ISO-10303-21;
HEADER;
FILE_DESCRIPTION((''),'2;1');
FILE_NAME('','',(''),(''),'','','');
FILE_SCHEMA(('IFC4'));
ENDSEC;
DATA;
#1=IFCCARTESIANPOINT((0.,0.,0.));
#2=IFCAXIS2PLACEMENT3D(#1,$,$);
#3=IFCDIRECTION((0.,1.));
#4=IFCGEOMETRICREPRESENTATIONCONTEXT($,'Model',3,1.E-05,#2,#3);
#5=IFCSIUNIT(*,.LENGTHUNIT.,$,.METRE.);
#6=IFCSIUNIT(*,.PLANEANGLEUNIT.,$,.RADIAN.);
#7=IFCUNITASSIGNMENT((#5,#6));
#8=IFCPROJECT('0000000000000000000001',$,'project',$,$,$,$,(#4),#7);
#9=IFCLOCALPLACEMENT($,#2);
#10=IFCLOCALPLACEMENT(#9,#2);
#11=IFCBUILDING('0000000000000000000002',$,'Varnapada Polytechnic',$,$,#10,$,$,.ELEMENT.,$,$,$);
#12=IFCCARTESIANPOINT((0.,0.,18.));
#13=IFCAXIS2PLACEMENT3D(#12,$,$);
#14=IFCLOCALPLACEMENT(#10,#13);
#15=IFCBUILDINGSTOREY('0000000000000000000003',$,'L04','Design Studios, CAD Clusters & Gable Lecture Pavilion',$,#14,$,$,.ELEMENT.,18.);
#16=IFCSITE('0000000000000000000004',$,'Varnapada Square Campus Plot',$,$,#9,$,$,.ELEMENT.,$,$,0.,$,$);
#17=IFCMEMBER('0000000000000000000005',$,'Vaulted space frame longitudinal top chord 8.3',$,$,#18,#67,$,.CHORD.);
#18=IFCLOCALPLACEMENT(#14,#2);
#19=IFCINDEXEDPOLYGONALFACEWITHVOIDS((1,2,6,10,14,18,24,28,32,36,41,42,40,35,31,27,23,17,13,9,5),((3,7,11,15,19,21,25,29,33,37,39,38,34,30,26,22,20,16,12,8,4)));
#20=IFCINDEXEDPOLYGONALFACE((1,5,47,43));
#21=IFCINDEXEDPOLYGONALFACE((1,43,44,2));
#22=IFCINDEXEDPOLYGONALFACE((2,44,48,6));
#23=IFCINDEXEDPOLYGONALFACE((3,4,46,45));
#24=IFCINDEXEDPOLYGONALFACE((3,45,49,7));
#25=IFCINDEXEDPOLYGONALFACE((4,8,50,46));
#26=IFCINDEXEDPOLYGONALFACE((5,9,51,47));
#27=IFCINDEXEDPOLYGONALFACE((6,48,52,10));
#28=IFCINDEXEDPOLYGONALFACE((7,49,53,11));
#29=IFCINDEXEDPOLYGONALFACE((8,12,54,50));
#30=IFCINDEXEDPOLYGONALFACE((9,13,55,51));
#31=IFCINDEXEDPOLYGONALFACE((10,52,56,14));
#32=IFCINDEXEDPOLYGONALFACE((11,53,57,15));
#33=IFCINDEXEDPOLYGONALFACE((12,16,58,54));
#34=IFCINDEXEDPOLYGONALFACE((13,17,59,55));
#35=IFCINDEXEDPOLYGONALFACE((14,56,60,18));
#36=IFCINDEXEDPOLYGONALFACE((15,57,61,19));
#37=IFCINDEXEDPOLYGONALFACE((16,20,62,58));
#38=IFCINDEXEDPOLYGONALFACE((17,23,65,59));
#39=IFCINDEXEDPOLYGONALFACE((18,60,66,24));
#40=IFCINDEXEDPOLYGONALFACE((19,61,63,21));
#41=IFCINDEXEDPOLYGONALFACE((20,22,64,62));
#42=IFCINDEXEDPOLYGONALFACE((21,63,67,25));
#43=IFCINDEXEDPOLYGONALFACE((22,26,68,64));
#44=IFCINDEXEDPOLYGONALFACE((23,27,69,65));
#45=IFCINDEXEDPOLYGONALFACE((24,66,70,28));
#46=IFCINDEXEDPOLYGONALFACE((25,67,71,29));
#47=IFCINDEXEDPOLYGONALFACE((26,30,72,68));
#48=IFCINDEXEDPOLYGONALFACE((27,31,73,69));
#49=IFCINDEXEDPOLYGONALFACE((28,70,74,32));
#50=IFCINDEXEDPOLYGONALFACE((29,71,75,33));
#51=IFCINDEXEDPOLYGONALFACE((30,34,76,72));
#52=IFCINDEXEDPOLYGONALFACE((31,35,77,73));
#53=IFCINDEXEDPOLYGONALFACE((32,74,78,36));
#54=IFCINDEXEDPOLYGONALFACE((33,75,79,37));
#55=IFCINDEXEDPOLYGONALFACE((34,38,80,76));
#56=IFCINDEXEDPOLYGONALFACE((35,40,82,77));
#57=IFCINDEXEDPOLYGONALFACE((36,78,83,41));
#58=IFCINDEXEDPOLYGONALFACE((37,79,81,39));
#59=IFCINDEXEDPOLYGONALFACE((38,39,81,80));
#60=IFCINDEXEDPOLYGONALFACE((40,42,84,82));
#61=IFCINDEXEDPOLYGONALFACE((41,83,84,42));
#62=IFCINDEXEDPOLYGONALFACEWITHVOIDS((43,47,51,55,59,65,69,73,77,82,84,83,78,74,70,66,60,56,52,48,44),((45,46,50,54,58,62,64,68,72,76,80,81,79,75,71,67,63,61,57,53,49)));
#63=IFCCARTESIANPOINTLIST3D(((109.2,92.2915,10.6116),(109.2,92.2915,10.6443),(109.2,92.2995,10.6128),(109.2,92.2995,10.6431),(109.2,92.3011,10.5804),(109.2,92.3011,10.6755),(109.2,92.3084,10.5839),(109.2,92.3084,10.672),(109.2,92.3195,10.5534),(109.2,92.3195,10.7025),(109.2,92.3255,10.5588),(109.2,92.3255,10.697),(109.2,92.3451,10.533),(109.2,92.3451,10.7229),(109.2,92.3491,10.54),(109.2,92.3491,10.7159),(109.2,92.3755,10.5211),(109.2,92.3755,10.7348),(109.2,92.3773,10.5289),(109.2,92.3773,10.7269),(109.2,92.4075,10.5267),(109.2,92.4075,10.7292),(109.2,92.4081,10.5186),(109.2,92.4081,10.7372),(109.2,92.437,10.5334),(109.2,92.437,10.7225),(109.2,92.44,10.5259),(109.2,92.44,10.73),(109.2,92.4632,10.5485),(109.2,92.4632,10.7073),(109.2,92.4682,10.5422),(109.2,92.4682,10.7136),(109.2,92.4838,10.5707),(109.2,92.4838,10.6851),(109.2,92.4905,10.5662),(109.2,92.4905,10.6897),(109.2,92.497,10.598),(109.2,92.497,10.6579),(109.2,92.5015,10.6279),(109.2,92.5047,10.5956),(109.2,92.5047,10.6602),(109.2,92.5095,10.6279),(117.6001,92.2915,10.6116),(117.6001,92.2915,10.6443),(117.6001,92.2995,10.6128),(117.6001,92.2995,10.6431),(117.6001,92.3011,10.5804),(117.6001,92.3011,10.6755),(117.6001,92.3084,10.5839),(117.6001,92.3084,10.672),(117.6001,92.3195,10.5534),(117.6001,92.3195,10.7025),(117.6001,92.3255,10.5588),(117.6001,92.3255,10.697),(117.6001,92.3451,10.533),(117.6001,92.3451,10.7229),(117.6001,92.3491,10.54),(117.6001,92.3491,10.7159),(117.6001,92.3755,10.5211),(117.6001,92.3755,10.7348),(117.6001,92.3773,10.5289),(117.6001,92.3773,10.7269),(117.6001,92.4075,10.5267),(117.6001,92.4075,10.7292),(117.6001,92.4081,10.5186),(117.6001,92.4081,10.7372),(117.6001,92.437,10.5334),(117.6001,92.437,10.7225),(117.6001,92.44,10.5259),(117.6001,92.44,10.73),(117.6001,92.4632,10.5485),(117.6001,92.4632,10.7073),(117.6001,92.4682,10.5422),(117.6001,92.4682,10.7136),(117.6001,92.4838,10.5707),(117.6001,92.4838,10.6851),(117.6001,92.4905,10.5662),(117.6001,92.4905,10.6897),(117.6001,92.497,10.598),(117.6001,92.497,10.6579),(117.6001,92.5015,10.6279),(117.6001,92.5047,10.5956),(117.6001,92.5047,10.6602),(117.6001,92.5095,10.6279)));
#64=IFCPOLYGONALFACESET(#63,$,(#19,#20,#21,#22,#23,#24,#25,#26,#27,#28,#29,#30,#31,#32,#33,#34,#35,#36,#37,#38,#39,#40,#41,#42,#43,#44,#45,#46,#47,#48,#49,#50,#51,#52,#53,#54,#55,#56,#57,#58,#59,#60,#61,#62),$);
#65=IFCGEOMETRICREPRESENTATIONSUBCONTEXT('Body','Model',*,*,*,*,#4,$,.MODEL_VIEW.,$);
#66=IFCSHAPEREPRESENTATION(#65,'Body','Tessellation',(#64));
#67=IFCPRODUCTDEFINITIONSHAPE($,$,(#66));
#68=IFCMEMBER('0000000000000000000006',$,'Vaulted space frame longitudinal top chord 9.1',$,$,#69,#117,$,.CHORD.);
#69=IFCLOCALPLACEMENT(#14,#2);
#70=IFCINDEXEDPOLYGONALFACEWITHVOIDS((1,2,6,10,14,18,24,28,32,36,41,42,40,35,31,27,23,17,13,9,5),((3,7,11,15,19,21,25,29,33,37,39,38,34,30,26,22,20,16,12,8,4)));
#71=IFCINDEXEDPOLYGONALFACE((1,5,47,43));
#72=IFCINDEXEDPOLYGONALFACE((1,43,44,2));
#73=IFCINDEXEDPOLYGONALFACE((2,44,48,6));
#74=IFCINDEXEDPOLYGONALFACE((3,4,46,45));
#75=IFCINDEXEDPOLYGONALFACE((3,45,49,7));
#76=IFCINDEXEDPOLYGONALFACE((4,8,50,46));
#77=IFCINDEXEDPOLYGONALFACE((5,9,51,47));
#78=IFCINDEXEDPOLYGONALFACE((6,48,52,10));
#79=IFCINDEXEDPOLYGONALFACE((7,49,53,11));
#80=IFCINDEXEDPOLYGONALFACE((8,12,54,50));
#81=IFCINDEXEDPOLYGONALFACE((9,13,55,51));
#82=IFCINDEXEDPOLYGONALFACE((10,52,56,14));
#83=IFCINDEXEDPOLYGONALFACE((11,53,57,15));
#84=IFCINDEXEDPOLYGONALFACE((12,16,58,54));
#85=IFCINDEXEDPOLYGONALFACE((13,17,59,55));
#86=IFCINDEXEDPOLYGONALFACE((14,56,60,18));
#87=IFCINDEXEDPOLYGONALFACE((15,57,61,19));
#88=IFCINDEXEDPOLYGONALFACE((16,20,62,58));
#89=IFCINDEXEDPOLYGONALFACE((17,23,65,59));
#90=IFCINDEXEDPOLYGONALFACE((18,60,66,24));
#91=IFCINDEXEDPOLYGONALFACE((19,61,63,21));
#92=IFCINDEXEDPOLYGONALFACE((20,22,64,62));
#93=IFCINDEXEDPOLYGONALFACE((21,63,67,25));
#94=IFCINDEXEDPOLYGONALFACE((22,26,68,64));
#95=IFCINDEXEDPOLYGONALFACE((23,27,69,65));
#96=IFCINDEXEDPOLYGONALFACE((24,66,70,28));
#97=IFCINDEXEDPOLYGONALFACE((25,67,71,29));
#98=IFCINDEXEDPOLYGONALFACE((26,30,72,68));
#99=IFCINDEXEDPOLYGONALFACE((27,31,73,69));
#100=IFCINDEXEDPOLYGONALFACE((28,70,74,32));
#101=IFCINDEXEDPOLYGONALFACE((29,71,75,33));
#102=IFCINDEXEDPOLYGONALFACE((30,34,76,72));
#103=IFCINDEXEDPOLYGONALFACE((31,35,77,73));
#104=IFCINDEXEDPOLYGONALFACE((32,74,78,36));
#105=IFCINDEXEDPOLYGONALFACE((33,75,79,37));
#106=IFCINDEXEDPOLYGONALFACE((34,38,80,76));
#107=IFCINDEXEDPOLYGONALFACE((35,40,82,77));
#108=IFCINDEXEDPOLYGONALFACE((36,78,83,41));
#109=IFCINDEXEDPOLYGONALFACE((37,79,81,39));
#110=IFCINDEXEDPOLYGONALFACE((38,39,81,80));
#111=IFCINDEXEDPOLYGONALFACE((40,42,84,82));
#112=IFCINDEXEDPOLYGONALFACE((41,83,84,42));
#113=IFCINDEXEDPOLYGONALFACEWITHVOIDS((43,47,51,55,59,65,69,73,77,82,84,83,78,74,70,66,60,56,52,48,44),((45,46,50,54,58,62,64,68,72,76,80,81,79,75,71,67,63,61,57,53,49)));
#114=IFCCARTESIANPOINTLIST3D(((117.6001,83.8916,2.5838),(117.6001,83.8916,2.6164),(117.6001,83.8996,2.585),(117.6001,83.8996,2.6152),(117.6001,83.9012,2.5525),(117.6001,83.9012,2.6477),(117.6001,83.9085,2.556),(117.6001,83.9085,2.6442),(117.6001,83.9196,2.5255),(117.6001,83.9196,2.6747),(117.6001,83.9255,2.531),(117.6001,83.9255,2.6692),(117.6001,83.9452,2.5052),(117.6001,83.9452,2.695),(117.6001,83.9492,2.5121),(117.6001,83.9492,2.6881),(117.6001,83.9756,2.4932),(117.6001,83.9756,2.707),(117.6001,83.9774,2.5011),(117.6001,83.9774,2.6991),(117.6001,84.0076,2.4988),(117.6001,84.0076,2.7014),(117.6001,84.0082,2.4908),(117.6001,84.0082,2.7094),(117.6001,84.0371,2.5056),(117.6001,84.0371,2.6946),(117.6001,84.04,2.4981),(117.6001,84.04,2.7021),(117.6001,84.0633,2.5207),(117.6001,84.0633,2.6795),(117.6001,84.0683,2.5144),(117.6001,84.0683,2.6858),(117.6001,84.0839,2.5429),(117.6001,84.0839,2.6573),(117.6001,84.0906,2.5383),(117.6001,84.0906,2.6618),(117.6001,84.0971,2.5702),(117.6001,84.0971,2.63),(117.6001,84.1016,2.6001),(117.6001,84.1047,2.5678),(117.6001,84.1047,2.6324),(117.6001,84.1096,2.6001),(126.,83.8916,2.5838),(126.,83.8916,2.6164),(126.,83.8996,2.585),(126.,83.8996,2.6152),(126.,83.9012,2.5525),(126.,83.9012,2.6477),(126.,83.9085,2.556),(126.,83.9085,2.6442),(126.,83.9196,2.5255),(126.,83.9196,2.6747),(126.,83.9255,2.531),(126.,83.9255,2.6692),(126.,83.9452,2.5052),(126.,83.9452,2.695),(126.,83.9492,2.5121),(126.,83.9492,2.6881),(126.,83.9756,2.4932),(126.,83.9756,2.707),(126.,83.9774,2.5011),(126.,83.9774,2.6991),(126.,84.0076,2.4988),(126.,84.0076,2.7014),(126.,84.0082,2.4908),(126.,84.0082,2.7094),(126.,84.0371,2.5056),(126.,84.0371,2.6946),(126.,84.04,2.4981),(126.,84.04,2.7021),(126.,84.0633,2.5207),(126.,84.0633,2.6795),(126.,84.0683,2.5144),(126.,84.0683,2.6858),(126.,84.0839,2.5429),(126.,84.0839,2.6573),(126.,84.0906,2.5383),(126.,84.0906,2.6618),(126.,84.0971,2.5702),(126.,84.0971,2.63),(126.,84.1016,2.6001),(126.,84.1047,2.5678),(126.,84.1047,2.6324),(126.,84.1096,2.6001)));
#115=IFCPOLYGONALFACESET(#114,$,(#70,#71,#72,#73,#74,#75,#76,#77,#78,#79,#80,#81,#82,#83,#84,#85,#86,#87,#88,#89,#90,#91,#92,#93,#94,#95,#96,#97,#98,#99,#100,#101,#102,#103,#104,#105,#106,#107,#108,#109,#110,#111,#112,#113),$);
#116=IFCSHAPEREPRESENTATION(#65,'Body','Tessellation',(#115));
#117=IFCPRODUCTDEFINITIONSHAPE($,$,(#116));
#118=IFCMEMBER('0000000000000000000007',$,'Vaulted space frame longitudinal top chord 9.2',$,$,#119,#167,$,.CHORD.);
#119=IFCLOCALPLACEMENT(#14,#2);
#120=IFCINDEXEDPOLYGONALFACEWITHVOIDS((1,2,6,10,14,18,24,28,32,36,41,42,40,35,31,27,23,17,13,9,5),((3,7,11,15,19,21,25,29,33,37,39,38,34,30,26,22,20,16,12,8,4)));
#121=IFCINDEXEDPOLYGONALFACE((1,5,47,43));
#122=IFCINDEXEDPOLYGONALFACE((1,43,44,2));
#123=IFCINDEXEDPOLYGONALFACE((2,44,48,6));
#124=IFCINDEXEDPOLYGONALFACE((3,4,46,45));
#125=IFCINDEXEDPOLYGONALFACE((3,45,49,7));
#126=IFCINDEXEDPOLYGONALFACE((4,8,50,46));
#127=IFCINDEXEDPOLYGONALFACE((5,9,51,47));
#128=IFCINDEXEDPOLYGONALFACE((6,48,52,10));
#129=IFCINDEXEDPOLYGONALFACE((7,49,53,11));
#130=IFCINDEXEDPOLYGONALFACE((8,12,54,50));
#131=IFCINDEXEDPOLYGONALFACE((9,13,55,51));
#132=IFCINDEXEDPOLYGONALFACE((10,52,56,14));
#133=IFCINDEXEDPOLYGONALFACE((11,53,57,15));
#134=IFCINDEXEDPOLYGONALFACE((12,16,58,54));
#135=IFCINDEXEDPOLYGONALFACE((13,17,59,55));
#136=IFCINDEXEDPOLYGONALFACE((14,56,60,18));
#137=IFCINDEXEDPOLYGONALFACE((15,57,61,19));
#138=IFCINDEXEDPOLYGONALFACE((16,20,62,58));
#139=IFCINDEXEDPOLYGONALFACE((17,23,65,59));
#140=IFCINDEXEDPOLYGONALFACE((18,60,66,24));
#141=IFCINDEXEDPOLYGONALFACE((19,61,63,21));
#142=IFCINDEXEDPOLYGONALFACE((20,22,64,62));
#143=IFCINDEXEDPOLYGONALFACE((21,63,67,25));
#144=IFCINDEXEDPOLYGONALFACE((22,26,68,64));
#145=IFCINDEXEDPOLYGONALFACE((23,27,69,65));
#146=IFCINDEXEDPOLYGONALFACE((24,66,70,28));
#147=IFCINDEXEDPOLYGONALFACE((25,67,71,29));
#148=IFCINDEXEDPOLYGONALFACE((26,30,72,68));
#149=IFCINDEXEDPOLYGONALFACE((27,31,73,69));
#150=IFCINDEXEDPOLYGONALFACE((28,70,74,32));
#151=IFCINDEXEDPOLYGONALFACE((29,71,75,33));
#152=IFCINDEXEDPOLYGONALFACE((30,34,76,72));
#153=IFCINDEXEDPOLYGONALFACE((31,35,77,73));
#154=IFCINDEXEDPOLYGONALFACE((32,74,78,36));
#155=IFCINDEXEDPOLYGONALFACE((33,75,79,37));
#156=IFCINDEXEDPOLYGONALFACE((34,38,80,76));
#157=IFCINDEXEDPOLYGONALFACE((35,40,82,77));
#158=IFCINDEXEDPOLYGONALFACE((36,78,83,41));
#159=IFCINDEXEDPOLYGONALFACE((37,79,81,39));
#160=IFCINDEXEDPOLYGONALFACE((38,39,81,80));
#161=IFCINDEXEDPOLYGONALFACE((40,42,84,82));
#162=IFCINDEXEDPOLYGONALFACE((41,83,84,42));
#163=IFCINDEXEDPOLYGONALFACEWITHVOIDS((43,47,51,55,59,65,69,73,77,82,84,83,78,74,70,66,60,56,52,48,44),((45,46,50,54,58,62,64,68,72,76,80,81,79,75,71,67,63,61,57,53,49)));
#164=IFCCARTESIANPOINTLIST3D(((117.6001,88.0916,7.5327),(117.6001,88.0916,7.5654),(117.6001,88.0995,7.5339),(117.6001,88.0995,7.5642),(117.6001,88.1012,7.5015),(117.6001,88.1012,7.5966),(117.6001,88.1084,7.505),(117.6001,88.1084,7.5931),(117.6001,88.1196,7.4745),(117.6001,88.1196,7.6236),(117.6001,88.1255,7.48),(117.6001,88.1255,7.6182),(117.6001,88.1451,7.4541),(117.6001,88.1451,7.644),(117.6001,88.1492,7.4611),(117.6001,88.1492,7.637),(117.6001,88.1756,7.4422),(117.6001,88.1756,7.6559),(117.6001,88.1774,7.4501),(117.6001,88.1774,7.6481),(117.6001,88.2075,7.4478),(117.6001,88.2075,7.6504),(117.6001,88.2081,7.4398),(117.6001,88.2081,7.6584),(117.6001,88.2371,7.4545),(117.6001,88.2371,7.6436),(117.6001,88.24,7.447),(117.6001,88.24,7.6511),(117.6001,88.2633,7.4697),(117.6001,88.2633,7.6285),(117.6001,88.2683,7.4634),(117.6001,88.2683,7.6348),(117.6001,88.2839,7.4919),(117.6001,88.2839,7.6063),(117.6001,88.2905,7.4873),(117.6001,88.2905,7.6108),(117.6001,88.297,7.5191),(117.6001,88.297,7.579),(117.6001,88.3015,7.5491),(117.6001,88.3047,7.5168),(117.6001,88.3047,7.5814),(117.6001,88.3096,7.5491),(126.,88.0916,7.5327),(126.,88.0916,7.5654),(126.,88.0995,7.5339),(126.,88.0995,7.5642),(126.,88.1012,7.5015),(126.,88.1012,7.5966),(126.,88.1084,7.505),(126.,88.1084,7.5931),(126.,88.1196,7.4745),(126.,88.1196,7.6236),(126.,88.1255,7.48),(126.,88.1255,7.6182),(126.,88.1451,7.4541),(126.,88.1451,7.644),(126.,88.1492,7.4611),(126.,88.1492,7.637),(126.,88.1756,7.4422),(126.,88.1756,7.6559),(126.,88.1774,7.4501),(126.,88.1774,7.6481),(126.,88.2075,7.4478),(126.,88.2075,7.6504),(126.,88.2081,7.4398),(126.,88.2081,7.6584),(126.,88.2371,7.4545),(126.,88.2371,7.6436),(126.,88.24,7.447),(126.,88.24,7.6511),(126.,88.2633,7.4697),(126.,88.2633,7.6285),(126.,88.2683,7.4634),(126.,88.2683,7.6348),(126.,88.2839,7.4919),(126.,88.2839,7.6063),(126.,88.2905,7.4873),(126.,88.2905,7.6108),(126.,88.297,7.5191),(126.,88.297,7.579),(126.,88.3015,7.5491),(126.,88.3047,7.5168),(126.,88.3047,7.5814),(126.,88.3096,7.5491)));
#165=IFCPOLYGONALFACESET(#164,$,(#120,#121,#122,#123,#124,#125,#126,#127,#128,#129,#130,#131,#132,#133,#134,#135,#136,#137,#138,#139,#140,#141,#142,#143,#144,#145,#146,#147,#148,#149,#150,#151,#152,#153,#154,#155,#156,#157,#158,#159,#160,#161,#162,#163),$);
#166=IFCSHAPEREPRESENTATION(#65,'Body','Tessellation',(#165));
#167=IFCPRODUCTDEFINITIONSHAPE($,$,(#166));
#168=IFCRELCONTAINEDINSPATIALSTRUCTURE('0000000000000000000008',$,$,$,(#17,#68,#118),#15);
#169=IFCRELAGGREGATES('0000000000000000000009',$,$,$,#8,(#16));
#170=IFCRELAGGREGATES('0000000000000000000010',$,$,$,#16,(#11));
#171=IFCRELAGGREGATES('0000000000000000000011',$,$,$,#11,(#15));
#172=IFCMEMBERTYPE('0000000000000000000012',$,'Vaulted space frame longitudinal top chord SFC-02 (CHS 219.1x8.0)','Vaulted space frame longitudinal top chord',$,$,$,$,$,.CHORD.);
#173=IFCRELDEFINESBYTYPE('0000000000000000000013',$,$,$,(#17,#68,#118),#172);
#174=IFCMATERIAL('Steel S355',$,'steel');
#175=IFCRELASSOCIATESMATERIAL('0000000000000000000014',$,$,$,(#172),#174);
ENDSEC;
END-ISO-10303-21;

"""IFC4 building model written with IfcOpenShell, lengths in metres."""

from ifc_helpers import new_model, si_unit, direction, frame, origin, origin_2d, place, context, subcontext, project, spatial, hollow_circle, extrude, material, material_profile, profile_set, type_object, element, save


model = new_model("IFC4")

# Units and contexts
model_context = context("Model", 3, precision=1e-05, world=origin(), true_north=direction((0.0, 1.0)))
body_context = subcontext(model_context, "Body", "Model", "MODEL_VIEW")
ifc_project = project(units=[si_unit("LENGTHUNIT", "METRE"), si_unit("PLANEANGLEUNIT", "RADIAN")], contexts=[model_context])

# Site, building, storey
site_placement = place(None, origin())
site = spatial("IfcSite", under=ifc_project, at=site_placement, Name="Varnapada Square Campus Plot", CompositionType="ELEMENT", RefElevation=0.0)
building_placement = place(site_placement, origin())
building = spatial("IfcBuilding", under=site, at=building_placement, Name="Varnapada Polytechnic", CompositionType="ELEMENT")
storey_placement = place(building_placement, frame((0.0, 0.0, 18.0)))
storey = spatial("IfcBuildingStorey", under=building, at=storey_placement, Name="L04", Description="Design Studios, CAD Clusters & Gable Lecture Pavilion", CompositionType="ELEMENT", Elevation=18.0)

# Members
ifc_material = material(Name="Steel S355", Category="steel")
ifc_material_profile_1 = material_profile(ifc_material, hollow_circle(Radius=0.1096, WallThickness=0.0081, at=origin_2d()), Name="CHS 219.1x8.0")
ifc_profile_set_1 = profile_set([ifc_material_profile_1], Name="Steel S355")
member_type_1 = type_object("IfcMemberType", Name="Vaulted space frame longitudinal top chord SFC-02 (CHS 219.1x8.0)", Description="Vaulted space frame longitudinal top chord", PredefinedType="CHORD", material=ifc_profile_set_1)
member_1_placement = place(storey_placement, frame((109.2, 92.3999, 10.6279), z_axis=(1.0, 0.0, 0.0), x_axis=(0.0, 1.0, 0.0)))
element("IfcMember", 1, at=member_1_placement, inside=storey, type_object=member_type_1, Name="Vaulted space frame longitudinal top chord 8.3", PredefinedType="CHORD", context=body_context, shape_type="SweptSolid", body=[
    extrude(hollow_circle(Radius=0.1096, WallThickness=0.0081, at=origin_2d()), origin(), (0.0, 0.0, 1.0), 8.4001),
])
for number, where, z_axis, x_axis, name in (
    (2, (117.6001, 84.0, 2.6001), (1.0, 0.0, 0.0), (0.0, 1.0, 0.0), "Vaulted space frame longitudinal top chord 9.1"),
    (3, (117.6001, 88.2, 7.5491), (1.0, 0.0, 0.0), (0.0, 1.0, 0.0), "Vaulted space frame longitudinal top chord 9.2"),
):
    element("IfcMember", number, at=place(storey_placement, frame(where, z_axis=z_axis, x_axis=x_axis)), inside=storey, type_object=member_type_1, Name=name, PredefinedType="CHORD", context=body_context, shape_type="SweptSolid", body=[
        extrude(hollow_circle(Radius=0.1096, WallThickness=0.0081, at=origin_2d()), origin(), (0.0, 0.0, 1.0), 8.3999),
    ])

save(model, "model.ifc")
